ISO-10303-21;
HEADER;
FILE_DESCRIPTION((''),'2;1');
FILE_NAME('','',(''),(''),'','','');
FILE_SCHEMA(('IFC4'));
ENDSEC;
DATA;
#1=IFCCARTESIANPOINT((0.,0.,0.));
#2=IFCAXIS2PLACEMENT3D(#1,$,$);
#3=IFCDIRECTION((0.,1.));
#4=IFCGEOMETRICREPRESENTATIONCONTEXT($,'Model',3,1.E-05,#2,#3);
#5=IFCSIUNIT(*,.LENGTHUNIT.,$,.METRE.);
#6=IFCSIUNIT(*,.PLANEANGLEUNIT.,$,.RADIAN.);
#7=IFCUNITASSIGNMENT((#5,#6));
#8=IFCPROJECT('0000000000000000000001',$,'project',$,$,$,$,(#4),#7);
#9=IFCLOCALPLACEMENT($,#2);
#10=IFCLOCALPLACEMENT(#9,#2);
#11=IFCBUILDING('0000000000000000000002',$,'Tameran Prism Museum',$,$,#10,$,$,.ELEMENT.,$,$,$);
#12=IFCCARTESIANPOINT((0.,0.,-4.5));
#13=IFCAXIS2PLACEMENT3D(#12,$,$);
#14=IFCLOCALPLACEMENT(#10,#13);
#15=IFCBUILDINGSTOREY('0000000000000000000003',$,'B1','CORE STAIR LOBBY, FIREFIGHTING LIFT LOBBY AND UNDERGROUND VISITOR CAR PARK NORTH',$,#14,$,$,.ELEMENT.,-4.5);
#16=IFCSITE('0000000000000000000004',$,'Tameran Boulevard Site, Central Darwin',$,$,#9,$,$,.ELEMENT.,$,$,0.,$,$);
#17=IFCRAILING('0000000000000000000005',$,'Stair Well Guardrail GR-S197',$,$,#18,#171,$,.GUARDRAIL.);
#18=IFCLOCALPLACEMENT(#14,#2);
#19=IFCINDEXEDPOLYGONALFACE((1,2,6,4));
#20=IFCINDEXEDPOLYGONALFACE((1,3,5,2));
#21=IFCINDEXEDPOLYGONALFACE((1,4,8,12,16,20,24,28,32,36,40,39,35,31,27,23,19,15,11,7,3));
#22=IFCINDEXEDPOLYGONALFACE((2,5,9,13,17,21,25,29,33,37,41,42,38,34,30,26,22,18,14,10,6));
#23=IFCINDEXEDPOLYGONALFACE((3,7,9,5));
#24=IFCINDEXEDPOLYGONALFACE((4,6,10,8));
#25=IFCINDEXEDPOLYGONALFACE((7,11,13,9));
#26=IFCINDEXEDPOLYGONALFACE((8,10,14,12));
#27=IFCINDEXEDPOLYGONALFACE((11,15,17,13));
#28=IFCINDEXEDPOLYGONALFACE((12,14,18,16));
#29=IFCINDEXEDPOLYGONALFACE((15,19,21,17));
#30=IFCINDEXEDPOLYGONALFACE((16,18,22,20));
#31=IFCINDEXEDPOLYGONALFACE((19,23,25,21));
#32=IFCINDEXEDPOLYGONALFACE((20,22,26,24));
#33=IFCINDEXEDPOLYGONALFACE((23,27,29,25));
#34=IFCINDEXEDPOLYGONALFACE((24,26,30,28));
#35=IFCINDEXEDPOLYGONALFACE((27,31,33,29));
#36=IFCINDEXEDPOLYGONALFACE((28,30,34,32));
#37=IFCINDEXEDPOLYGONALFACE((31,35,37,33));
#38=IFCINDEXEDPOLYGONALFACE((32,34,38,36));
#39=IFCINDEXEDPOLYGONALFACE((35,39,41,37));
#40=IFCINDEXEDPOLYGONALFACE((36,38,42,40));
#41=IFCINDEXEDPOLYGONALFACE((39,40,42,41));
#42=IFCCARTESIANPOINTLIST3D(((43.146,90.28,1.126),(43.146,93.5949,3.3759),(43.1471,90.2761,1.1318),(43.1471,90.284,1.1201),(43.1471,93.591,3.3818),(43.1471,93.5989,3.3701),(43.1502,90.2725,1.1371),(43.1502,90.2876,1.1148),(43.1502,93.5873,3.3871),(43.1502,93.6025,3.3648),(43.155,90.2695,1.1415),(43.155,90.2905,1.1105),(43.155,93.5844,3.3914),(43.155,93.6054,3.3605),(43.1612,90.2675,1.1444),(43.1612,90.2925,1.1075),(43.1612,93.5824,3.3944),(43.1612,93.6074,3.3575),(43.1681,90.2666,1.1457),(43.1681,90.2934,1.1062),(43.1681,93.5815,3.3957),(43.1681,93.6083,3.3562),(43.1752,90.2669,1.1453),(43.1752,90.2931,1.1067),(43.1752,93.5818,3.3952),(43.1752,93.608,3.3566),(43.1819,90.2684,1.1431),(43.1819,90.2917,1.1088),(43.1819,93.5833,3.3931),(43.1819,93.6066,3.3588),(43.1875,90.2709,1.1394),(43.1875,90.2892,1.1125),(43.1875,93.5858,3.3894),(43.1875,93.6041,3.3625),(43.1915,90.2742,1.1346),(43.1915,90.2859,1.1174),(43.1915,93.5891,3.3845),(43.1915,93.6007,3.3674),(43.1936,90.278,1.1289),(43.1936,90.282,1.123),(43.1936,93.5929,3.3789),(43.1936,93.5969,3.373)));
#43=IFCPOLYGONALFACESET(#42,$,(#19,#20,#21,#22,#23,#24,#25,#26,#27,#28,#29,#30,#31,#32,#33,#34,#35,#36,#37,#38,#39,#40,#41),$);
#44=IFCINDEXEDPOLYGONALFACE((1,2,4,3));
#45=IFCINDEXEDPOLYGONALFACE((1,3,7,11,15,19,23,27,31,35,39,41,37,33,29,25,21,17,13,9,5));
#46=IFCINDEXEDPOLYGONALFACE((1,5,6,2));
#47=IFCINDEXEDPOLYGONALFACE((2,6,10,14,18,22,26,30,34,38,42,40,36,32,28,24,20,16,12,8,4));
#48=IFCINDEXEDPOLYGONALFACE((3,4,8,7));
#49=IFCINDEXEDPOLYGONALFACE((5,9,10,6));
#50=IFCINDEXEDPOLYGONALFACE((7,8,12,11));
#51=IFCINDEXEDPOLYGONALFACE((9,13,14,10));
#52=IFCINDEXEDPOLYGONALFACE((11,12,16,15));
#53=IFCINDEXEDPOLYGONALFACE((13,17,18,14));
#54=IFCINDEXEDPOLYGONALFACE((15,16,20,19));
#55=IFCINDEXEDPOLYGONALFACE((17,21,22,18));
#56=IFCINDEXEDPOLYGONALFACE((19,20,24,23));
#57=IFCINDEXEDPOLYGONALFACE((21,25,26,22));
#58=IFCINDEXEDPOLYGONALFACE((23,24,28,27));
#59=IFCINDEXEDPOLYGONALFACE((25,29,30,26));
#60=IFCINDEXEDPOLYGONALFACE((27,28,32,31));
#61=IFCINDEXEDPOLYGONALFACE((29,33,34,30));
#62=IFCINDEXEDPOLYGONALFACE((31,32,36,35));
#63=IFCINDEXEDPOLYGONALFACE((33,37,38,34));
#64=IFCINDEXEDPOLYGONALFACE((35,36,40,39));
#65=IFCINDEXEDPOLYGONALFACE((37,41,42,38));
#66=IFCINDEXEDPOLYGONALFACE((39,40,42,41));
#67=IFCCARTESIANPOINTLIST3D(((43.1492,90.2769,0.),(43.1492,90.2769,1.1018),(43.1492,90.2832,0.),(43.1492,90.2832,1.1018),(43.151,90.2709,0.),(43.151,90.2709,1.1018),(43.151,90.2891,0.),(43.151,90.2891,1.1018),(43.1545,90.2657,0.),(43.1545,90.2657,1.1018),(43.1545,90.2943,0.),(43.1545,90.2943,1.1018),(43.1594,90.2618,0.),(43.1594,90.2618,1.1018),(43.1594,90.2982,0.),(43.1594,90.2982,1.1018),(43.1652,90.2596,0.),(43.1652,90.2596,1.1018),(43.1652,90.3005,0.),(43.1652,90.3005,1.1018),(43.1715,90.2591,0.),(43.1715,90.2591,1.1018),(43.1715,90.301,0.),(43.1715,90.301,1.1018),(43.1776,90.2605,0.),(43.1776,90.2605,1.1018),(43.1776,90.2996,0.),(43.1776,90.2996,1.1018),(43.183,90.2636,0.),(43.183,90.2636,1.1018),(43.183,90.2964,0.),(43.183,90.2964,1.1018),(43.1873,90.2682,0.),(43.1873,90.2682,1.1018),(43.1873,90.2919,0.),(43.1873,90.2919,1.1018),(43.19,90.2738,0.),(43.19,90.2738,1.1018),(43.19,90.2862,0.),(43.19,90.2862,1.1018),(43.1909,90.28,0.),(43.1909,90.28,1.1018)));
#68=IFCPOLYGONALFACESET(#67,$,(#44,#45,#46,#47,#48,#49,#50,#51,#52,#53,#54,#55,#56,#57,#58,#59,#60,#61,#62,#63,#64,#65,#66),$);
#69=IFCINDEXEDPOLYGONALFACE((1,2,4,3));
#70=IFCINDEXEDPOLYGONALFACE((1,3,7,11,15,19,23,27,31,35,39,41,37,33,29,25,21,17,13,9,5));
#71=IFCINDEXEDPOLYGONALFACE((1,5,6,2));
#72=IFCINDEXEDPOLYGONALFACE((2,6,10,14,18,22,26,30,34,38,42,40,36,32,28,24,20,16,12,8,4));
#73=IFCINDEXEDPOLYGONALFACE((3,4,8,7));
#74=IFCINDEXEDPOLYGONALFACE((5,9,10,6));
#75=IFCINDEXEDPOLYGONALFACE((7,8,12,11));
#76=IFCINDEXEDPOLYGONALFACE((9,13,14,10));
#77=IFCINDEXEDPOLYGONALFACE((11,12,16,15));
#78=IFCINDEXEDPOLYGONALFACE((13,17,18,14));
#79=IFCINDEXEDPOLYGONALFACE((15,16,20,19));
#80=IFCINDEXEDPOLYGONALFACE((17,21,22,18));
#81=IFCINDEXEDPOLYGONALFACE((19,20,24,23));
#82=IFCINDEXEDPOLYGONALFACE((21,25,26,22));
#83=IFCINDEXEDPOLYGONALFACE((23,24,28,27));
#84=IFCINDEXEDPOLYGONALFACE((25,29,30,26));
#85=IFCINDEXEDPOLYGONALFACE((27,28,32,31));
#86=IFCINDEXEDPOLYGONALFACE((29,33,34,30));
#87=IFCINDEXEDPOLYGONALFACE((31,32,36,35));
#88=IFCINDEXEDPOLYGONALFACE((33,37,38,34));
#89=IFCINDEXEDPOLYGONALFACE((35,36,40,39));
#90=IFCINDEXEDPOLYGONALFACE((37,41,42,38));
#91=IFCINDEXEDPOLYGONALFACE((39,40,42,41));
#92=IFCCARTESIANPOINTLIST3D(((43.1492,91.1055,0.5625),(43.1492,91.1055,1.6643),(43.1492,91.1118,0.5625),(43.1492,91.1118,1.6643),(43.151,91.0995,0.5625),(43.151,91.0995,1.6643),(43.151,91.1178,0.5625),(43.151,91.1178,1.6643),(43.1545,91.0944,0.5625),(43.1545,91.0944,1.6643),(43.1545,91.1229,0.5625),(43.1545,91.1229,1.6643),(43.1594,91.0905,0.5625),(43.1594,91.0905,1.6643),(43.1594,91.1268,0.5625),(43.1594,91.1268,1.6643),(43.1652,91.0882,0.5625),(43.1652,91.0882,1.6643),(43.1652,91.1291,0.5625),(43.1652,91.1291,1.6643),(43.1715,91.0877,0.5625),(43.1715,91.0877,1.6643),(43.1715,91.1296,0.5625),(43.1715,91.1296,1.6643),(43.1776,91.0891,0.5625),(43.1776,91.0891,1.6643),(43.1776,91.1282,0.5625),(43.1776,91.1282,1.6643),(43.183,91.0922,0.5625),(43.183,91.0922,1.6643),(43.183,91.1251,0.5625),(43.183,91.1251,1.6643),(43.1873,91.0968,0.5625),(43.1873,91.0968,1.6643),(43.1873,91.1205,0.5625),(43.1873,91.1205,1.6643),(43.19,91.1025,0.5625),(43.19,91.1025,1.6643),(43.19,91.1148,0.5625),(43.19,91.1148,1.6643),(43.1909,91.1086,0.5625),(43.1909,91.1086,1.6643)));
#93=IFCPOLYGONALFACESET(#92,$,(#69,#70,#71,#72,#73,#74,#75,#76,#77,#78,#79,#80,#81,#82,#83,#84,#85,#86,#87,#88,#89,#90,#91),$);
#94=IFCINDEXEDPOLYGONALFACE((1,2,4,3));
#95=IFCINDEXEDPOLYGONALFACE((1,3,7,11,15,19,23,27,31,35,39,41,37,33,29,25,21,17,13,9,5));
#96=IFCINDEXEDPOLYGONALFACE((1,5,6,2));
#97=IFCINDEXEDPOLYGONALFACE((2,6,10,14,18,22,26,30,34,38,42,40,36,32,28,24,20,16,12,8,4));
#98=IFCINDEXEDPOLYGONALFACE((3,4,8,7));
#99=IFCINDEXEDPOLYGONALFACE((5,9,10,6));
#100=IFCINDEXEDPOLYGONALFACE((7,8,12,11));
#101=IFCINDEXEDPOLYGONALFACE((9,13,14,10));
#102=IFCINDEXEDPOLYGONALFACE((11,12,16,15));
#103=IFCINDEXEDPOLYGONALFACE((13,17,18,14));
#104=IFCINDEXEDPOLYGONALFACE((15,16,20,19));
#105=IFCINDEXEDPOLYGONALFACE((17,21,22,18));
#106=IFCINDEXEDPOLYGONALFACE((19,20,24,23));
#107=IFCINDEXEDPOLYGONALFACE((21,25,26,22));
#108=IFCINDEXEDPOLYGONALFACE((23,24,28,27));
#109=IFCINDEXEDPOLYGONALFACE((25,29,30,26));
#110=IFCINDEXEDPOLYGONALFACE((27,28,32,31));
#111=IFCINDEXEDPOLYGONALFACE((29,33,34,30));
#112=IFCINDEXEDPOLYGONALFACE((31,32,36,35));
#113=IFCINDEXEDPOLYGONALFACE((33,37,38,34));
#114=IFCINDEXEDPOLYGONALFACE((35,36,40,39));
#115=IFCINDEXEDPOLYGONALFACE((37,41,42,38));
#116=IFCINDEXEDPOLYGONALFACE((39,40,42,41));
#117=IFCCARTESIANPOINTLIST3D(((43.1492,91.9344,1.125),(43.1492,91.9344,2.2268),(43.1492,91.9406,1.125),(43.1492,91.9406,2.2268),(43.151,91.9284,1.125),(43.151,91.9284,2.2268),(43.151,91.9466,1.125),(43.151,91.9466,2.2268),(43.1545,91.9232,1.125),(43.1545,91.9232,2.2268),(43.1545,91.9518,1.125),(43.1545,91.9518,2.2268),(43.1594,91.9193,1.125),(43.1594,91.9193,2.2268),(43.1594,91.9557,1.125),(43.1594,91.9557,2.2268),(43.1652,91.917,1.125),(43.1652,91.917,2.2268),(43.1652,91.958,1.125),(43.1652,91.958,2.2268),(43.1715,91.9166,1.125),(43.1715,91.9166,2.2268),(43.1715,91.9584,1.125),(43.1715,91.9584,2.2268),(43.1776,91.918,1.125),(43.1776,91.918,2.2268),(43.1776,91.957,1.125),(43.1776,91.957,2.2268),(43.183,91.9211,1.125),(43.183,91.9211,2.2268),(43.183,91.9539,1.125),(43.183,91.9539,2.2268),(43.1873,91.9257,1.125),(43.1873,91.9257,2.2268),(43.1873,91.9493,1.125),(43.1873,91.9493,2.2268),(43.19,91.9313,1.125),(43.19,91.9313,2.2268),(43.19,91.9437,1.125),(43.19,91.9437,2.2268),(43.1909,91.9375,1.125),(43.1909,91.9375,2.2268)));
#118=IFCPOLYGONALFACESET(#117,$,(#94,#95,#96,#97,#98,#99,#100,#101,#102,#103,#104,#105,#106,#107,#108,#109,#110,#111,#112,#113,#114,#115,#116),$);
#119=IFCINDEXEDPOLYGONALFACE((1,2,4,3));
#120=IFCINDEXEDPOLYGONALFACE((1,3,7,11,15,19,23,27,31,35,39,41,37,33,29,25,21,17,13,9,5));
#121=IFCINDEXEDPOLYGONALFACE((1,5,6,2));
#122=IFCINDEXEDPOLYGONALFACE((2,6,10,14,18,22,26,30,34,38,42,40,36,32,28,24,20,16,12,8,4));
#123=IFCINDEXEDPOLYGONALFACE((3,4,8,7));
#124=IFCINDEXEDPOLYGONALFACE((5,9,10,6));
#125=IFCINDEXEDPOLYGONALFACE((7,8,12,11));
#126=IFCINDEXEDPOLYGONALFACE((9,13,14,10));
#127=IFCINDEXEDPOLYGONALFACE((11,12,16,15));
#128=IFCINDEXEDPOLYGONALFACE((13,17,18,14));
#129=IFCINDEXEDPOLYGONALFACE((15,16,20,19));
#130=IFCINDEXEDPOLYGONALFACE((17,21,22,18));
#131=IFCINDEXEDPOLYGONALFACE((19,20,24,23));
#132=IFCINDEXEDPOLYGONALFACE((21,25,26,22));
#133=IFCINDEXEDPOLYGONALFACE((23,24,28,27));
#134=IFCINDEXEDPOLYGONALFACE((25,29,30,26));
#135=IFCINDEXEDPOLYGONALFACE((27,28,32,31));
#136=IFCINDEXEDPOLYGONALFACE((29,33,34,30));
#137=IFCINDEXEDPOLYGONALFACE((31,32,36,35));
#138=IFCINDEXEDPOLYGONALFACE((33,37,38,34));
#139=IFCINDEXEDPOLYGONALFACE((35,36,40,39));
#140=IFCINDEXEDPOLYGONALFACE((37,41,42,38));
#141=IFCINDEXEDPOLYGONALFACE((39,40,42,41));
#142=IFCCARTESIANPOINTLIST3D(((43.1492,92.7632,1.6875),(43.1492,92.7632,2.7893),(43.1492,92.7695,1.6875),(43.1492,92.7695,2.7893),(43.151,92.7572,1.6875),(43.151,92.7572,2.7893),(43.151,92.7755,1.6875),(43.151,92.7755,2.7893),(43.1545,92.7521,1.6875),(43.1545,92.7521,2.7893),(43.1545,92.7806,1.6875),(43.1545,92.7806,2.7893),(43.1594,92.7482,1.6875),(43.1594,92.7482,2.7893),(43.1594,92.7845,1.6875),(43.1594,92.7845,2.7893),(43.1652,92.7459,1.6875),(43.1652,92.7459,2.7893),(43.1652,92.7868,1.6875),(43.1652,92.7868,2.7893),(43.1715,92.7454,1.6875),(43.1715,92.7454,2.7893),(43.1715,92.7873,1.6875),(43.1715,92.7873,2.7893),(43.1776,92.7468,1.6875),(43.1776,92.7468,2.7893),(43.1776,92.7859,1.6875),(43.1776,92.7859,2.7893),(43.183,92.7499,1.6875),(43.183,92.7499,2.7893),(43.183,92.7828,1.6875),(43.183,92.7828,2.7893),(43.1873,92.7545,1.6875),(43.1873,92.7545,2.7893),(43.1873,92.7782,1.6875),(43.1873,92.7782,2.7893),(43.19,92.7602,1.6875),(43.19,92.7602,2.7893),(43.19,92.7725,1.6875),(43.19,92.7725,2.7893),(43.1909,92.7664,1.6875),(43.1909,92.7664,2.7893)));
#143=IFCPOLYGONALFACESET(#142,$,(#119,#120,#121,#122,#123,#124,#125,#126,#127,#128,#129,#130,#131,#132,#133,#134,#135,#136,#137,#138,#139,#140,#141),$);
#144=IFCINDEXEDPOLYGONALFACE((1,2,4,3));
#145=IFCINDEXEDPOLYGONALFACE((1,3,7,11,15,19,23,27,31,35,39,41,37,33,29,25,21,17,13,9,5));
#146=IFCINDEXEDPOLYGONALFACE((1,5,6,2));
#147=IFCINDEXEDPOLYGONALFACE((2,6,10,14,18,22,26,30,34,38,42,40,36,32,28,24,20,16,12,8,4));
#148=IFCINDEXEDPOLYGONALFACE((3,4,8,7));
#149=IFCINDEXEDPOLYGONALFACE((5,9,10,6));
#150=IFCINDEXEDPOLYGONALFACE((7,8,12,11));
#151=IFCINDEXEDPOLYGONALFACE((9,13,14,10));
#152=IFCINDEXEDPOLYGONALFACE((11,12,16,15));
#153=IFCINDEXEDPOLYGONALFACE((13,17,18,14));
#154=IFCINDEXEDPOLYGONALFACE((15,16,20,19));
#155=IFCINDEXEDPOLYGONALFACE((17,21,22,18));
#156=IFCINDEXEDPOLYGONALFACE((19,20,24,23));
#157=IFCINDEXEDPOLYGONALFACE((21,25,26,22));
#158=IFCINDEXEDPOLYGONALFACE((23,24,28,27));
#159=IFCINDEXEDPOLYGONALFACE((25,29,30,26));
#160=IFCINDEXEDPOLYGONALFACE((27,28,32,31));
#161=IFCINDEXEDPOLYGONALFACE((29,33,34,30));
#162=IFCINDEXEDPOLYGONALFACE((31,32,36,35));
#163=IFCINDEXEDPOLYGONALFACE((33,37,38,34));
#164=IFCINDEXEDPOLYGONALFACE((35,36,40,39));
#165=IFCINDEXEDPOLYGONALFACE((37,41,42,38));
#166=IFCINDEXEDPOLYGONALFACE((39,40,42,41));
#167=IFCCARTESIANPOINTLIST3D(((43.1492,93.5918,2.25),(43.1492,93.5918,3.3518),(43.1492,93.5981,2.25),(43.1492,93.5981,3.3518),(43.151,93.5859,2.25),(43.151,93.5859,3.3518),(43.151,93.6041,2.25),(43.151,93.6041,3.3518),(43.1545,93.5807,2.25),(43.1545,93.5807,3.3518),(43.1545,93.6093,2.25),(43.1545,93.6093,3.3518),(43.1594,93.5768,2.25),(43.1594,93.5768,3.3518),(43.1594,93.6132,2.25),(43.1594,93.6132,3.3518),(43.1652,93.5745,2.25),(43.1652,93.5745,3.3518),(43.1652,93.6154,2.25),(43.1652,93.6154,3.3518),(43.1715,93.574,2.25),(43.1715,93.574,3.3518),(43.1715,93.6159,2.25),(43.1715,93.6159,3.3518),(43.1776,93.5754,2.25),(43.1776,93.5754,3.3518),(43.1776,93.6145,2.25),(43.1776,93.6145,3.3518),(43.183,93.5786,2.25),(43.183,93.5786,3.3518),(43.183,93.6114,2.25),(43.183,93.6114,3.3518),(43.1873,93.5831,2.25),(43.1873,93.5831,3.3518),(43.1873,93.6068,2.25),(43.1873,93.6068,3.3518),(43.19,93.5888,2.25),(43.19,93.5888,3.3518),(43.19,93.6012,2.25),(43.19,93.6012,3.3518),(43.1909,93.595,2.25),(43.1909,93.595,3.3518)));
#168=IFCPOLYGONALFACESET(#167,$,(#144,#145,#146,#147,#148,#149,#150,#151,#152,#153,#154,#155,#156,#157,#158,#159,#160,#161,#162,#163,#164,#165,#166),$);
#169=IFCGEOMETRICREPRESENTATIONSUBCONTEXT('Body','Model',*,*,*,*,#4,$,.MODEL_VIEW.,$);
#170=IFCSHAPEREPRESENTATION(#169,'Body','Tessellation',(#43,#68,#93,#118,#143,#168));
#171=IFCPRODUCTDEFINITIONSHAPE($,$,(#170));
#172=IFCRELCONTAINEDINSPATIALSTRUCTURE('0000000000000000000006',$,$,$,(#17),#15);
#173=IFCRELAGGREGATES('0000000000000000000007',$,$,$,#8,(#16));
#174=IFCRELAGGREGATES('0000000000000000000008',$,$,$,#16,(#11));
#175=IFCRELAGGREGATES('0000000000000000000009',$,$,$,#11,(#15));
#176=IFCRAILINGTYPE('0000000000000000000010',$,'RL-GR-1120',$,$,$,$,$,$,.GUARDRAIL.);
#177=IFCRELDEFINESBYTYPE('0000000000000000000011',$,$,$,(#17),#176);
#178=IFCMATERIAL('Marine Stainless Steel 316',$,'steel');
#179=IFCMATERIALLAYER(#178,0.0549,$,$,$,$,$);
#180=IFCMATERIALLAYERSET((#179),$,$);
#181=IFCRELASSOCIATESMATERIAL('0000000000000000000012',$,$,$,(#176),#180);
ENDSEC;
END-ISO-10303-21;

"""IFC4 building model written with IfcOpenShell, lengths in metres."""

from ifc_helpers import new_model, si_unit, direction, frame, origin, origin_2d, place, context, subcontext, project, spatial, circle, extrude, material, layer, layer_set, type_object, element, save


model = new_model("IFC4")

# Units and contexts
model_context = context("Model", 3, precision=1e-05, world=origin(), true_north=direction((0.0, 1.0)))
body_context = subcontext(model_context, "Body", "Model", "MODEL_VIEW")
ifc_project = project(units=[si_unit("LENGTHUNIT", "METRE"), si_unit("PLANEANGLEUNIT", "RADIAN")], contexts=[model_context])

# Site, building, storey
site_placement = place(None, origin())
site = spatial("IfcSite", under=ifc_project, at=site_placement, Name="Tameran Boulevard Site, Central Darwin", CompositionType="ELEMENT", RefElevation=0.0)
building_placement = place(site_placement, origin())
building = spatial("IfcBuilding", under=site, at=building_placement, Name="Tameran Prism Museum", CompositionType="ELEMENT")
storey_placement = place(building_placement, frame((0.0, 0.0, -4.5)))
storey = spatial("IfcBuildingStorey", under=building, at=storey_placement, Name="B1", Description="CORE STAIR LOBBY, FIREFIGHTING LIFT LOBBY AND UNDERGROUND VISITOR CAR PARK NORTH", CompositionType="ELEMENT", Elevation=-4.5)

# Railing
ifc_material_1 = material(Name="Marine Stainless Steel 316", Category="steel")
ifc_layer_1 = layer(ifc_material_1, 0.0549)
ifc_layer_set_1 = layer_set([ifc_layer_1])
railing_type_1 = type_object("IfcRailingType", Name="RL-GR-1120", PredefinedType="GUARDRAIL", material=ifc_layer_set_1)
railing_1_placement = place(storey_placement, frame((43.1699, 90.28, 0.0)))
element("IfcRailing", 1, at=railing_1_placement, inside=storey, type_object=railing_type_1, Name="Stair Well Guardrail GR-S197", PredefinedType="GUARDRAIL", context=body_context, shape_type="SweptSolid", body=[
    extrude(circle(Radius=0.0239, at=origin_2d()), frame((0.0, 0.0, 1.126), z_axis=(0.0, 0.827409, 0.5616), x_axis=(-1.0, 0.0, 0.0)), (0.0, 0.0, 1.0), 4.0063),
    extrude(circle(Radius=0.021, at=origin_2d()), origin(), (0.0, 0.0, 1.0), 1.1018),
    extrude(circle(Radius=0.021, at=origin_2d()), frame((0.0, 0.8286, 0.5625)), (0.0, 0.0, 1.0), 1.1018),
    extrude(circle(Radius=0.021, at=origin_2d()), frame((0.0, 1.6575, 1.125)), (0.0, 0.0, 1.0), 1.1018),
    extrude(circle(Radius=0.021, at=origin_2d()), frame((0.0, 2.4863, 1.6875)), (0.0, 0.0, 1.0), 1.1018),
    extrude(circle(Radius=0.021, at=origin_2d()), frame((0.0, 3.3149, 2.25)), (0.0, 0.0, 1.0), 1.1018),
])

save(model, "model.ifc")
